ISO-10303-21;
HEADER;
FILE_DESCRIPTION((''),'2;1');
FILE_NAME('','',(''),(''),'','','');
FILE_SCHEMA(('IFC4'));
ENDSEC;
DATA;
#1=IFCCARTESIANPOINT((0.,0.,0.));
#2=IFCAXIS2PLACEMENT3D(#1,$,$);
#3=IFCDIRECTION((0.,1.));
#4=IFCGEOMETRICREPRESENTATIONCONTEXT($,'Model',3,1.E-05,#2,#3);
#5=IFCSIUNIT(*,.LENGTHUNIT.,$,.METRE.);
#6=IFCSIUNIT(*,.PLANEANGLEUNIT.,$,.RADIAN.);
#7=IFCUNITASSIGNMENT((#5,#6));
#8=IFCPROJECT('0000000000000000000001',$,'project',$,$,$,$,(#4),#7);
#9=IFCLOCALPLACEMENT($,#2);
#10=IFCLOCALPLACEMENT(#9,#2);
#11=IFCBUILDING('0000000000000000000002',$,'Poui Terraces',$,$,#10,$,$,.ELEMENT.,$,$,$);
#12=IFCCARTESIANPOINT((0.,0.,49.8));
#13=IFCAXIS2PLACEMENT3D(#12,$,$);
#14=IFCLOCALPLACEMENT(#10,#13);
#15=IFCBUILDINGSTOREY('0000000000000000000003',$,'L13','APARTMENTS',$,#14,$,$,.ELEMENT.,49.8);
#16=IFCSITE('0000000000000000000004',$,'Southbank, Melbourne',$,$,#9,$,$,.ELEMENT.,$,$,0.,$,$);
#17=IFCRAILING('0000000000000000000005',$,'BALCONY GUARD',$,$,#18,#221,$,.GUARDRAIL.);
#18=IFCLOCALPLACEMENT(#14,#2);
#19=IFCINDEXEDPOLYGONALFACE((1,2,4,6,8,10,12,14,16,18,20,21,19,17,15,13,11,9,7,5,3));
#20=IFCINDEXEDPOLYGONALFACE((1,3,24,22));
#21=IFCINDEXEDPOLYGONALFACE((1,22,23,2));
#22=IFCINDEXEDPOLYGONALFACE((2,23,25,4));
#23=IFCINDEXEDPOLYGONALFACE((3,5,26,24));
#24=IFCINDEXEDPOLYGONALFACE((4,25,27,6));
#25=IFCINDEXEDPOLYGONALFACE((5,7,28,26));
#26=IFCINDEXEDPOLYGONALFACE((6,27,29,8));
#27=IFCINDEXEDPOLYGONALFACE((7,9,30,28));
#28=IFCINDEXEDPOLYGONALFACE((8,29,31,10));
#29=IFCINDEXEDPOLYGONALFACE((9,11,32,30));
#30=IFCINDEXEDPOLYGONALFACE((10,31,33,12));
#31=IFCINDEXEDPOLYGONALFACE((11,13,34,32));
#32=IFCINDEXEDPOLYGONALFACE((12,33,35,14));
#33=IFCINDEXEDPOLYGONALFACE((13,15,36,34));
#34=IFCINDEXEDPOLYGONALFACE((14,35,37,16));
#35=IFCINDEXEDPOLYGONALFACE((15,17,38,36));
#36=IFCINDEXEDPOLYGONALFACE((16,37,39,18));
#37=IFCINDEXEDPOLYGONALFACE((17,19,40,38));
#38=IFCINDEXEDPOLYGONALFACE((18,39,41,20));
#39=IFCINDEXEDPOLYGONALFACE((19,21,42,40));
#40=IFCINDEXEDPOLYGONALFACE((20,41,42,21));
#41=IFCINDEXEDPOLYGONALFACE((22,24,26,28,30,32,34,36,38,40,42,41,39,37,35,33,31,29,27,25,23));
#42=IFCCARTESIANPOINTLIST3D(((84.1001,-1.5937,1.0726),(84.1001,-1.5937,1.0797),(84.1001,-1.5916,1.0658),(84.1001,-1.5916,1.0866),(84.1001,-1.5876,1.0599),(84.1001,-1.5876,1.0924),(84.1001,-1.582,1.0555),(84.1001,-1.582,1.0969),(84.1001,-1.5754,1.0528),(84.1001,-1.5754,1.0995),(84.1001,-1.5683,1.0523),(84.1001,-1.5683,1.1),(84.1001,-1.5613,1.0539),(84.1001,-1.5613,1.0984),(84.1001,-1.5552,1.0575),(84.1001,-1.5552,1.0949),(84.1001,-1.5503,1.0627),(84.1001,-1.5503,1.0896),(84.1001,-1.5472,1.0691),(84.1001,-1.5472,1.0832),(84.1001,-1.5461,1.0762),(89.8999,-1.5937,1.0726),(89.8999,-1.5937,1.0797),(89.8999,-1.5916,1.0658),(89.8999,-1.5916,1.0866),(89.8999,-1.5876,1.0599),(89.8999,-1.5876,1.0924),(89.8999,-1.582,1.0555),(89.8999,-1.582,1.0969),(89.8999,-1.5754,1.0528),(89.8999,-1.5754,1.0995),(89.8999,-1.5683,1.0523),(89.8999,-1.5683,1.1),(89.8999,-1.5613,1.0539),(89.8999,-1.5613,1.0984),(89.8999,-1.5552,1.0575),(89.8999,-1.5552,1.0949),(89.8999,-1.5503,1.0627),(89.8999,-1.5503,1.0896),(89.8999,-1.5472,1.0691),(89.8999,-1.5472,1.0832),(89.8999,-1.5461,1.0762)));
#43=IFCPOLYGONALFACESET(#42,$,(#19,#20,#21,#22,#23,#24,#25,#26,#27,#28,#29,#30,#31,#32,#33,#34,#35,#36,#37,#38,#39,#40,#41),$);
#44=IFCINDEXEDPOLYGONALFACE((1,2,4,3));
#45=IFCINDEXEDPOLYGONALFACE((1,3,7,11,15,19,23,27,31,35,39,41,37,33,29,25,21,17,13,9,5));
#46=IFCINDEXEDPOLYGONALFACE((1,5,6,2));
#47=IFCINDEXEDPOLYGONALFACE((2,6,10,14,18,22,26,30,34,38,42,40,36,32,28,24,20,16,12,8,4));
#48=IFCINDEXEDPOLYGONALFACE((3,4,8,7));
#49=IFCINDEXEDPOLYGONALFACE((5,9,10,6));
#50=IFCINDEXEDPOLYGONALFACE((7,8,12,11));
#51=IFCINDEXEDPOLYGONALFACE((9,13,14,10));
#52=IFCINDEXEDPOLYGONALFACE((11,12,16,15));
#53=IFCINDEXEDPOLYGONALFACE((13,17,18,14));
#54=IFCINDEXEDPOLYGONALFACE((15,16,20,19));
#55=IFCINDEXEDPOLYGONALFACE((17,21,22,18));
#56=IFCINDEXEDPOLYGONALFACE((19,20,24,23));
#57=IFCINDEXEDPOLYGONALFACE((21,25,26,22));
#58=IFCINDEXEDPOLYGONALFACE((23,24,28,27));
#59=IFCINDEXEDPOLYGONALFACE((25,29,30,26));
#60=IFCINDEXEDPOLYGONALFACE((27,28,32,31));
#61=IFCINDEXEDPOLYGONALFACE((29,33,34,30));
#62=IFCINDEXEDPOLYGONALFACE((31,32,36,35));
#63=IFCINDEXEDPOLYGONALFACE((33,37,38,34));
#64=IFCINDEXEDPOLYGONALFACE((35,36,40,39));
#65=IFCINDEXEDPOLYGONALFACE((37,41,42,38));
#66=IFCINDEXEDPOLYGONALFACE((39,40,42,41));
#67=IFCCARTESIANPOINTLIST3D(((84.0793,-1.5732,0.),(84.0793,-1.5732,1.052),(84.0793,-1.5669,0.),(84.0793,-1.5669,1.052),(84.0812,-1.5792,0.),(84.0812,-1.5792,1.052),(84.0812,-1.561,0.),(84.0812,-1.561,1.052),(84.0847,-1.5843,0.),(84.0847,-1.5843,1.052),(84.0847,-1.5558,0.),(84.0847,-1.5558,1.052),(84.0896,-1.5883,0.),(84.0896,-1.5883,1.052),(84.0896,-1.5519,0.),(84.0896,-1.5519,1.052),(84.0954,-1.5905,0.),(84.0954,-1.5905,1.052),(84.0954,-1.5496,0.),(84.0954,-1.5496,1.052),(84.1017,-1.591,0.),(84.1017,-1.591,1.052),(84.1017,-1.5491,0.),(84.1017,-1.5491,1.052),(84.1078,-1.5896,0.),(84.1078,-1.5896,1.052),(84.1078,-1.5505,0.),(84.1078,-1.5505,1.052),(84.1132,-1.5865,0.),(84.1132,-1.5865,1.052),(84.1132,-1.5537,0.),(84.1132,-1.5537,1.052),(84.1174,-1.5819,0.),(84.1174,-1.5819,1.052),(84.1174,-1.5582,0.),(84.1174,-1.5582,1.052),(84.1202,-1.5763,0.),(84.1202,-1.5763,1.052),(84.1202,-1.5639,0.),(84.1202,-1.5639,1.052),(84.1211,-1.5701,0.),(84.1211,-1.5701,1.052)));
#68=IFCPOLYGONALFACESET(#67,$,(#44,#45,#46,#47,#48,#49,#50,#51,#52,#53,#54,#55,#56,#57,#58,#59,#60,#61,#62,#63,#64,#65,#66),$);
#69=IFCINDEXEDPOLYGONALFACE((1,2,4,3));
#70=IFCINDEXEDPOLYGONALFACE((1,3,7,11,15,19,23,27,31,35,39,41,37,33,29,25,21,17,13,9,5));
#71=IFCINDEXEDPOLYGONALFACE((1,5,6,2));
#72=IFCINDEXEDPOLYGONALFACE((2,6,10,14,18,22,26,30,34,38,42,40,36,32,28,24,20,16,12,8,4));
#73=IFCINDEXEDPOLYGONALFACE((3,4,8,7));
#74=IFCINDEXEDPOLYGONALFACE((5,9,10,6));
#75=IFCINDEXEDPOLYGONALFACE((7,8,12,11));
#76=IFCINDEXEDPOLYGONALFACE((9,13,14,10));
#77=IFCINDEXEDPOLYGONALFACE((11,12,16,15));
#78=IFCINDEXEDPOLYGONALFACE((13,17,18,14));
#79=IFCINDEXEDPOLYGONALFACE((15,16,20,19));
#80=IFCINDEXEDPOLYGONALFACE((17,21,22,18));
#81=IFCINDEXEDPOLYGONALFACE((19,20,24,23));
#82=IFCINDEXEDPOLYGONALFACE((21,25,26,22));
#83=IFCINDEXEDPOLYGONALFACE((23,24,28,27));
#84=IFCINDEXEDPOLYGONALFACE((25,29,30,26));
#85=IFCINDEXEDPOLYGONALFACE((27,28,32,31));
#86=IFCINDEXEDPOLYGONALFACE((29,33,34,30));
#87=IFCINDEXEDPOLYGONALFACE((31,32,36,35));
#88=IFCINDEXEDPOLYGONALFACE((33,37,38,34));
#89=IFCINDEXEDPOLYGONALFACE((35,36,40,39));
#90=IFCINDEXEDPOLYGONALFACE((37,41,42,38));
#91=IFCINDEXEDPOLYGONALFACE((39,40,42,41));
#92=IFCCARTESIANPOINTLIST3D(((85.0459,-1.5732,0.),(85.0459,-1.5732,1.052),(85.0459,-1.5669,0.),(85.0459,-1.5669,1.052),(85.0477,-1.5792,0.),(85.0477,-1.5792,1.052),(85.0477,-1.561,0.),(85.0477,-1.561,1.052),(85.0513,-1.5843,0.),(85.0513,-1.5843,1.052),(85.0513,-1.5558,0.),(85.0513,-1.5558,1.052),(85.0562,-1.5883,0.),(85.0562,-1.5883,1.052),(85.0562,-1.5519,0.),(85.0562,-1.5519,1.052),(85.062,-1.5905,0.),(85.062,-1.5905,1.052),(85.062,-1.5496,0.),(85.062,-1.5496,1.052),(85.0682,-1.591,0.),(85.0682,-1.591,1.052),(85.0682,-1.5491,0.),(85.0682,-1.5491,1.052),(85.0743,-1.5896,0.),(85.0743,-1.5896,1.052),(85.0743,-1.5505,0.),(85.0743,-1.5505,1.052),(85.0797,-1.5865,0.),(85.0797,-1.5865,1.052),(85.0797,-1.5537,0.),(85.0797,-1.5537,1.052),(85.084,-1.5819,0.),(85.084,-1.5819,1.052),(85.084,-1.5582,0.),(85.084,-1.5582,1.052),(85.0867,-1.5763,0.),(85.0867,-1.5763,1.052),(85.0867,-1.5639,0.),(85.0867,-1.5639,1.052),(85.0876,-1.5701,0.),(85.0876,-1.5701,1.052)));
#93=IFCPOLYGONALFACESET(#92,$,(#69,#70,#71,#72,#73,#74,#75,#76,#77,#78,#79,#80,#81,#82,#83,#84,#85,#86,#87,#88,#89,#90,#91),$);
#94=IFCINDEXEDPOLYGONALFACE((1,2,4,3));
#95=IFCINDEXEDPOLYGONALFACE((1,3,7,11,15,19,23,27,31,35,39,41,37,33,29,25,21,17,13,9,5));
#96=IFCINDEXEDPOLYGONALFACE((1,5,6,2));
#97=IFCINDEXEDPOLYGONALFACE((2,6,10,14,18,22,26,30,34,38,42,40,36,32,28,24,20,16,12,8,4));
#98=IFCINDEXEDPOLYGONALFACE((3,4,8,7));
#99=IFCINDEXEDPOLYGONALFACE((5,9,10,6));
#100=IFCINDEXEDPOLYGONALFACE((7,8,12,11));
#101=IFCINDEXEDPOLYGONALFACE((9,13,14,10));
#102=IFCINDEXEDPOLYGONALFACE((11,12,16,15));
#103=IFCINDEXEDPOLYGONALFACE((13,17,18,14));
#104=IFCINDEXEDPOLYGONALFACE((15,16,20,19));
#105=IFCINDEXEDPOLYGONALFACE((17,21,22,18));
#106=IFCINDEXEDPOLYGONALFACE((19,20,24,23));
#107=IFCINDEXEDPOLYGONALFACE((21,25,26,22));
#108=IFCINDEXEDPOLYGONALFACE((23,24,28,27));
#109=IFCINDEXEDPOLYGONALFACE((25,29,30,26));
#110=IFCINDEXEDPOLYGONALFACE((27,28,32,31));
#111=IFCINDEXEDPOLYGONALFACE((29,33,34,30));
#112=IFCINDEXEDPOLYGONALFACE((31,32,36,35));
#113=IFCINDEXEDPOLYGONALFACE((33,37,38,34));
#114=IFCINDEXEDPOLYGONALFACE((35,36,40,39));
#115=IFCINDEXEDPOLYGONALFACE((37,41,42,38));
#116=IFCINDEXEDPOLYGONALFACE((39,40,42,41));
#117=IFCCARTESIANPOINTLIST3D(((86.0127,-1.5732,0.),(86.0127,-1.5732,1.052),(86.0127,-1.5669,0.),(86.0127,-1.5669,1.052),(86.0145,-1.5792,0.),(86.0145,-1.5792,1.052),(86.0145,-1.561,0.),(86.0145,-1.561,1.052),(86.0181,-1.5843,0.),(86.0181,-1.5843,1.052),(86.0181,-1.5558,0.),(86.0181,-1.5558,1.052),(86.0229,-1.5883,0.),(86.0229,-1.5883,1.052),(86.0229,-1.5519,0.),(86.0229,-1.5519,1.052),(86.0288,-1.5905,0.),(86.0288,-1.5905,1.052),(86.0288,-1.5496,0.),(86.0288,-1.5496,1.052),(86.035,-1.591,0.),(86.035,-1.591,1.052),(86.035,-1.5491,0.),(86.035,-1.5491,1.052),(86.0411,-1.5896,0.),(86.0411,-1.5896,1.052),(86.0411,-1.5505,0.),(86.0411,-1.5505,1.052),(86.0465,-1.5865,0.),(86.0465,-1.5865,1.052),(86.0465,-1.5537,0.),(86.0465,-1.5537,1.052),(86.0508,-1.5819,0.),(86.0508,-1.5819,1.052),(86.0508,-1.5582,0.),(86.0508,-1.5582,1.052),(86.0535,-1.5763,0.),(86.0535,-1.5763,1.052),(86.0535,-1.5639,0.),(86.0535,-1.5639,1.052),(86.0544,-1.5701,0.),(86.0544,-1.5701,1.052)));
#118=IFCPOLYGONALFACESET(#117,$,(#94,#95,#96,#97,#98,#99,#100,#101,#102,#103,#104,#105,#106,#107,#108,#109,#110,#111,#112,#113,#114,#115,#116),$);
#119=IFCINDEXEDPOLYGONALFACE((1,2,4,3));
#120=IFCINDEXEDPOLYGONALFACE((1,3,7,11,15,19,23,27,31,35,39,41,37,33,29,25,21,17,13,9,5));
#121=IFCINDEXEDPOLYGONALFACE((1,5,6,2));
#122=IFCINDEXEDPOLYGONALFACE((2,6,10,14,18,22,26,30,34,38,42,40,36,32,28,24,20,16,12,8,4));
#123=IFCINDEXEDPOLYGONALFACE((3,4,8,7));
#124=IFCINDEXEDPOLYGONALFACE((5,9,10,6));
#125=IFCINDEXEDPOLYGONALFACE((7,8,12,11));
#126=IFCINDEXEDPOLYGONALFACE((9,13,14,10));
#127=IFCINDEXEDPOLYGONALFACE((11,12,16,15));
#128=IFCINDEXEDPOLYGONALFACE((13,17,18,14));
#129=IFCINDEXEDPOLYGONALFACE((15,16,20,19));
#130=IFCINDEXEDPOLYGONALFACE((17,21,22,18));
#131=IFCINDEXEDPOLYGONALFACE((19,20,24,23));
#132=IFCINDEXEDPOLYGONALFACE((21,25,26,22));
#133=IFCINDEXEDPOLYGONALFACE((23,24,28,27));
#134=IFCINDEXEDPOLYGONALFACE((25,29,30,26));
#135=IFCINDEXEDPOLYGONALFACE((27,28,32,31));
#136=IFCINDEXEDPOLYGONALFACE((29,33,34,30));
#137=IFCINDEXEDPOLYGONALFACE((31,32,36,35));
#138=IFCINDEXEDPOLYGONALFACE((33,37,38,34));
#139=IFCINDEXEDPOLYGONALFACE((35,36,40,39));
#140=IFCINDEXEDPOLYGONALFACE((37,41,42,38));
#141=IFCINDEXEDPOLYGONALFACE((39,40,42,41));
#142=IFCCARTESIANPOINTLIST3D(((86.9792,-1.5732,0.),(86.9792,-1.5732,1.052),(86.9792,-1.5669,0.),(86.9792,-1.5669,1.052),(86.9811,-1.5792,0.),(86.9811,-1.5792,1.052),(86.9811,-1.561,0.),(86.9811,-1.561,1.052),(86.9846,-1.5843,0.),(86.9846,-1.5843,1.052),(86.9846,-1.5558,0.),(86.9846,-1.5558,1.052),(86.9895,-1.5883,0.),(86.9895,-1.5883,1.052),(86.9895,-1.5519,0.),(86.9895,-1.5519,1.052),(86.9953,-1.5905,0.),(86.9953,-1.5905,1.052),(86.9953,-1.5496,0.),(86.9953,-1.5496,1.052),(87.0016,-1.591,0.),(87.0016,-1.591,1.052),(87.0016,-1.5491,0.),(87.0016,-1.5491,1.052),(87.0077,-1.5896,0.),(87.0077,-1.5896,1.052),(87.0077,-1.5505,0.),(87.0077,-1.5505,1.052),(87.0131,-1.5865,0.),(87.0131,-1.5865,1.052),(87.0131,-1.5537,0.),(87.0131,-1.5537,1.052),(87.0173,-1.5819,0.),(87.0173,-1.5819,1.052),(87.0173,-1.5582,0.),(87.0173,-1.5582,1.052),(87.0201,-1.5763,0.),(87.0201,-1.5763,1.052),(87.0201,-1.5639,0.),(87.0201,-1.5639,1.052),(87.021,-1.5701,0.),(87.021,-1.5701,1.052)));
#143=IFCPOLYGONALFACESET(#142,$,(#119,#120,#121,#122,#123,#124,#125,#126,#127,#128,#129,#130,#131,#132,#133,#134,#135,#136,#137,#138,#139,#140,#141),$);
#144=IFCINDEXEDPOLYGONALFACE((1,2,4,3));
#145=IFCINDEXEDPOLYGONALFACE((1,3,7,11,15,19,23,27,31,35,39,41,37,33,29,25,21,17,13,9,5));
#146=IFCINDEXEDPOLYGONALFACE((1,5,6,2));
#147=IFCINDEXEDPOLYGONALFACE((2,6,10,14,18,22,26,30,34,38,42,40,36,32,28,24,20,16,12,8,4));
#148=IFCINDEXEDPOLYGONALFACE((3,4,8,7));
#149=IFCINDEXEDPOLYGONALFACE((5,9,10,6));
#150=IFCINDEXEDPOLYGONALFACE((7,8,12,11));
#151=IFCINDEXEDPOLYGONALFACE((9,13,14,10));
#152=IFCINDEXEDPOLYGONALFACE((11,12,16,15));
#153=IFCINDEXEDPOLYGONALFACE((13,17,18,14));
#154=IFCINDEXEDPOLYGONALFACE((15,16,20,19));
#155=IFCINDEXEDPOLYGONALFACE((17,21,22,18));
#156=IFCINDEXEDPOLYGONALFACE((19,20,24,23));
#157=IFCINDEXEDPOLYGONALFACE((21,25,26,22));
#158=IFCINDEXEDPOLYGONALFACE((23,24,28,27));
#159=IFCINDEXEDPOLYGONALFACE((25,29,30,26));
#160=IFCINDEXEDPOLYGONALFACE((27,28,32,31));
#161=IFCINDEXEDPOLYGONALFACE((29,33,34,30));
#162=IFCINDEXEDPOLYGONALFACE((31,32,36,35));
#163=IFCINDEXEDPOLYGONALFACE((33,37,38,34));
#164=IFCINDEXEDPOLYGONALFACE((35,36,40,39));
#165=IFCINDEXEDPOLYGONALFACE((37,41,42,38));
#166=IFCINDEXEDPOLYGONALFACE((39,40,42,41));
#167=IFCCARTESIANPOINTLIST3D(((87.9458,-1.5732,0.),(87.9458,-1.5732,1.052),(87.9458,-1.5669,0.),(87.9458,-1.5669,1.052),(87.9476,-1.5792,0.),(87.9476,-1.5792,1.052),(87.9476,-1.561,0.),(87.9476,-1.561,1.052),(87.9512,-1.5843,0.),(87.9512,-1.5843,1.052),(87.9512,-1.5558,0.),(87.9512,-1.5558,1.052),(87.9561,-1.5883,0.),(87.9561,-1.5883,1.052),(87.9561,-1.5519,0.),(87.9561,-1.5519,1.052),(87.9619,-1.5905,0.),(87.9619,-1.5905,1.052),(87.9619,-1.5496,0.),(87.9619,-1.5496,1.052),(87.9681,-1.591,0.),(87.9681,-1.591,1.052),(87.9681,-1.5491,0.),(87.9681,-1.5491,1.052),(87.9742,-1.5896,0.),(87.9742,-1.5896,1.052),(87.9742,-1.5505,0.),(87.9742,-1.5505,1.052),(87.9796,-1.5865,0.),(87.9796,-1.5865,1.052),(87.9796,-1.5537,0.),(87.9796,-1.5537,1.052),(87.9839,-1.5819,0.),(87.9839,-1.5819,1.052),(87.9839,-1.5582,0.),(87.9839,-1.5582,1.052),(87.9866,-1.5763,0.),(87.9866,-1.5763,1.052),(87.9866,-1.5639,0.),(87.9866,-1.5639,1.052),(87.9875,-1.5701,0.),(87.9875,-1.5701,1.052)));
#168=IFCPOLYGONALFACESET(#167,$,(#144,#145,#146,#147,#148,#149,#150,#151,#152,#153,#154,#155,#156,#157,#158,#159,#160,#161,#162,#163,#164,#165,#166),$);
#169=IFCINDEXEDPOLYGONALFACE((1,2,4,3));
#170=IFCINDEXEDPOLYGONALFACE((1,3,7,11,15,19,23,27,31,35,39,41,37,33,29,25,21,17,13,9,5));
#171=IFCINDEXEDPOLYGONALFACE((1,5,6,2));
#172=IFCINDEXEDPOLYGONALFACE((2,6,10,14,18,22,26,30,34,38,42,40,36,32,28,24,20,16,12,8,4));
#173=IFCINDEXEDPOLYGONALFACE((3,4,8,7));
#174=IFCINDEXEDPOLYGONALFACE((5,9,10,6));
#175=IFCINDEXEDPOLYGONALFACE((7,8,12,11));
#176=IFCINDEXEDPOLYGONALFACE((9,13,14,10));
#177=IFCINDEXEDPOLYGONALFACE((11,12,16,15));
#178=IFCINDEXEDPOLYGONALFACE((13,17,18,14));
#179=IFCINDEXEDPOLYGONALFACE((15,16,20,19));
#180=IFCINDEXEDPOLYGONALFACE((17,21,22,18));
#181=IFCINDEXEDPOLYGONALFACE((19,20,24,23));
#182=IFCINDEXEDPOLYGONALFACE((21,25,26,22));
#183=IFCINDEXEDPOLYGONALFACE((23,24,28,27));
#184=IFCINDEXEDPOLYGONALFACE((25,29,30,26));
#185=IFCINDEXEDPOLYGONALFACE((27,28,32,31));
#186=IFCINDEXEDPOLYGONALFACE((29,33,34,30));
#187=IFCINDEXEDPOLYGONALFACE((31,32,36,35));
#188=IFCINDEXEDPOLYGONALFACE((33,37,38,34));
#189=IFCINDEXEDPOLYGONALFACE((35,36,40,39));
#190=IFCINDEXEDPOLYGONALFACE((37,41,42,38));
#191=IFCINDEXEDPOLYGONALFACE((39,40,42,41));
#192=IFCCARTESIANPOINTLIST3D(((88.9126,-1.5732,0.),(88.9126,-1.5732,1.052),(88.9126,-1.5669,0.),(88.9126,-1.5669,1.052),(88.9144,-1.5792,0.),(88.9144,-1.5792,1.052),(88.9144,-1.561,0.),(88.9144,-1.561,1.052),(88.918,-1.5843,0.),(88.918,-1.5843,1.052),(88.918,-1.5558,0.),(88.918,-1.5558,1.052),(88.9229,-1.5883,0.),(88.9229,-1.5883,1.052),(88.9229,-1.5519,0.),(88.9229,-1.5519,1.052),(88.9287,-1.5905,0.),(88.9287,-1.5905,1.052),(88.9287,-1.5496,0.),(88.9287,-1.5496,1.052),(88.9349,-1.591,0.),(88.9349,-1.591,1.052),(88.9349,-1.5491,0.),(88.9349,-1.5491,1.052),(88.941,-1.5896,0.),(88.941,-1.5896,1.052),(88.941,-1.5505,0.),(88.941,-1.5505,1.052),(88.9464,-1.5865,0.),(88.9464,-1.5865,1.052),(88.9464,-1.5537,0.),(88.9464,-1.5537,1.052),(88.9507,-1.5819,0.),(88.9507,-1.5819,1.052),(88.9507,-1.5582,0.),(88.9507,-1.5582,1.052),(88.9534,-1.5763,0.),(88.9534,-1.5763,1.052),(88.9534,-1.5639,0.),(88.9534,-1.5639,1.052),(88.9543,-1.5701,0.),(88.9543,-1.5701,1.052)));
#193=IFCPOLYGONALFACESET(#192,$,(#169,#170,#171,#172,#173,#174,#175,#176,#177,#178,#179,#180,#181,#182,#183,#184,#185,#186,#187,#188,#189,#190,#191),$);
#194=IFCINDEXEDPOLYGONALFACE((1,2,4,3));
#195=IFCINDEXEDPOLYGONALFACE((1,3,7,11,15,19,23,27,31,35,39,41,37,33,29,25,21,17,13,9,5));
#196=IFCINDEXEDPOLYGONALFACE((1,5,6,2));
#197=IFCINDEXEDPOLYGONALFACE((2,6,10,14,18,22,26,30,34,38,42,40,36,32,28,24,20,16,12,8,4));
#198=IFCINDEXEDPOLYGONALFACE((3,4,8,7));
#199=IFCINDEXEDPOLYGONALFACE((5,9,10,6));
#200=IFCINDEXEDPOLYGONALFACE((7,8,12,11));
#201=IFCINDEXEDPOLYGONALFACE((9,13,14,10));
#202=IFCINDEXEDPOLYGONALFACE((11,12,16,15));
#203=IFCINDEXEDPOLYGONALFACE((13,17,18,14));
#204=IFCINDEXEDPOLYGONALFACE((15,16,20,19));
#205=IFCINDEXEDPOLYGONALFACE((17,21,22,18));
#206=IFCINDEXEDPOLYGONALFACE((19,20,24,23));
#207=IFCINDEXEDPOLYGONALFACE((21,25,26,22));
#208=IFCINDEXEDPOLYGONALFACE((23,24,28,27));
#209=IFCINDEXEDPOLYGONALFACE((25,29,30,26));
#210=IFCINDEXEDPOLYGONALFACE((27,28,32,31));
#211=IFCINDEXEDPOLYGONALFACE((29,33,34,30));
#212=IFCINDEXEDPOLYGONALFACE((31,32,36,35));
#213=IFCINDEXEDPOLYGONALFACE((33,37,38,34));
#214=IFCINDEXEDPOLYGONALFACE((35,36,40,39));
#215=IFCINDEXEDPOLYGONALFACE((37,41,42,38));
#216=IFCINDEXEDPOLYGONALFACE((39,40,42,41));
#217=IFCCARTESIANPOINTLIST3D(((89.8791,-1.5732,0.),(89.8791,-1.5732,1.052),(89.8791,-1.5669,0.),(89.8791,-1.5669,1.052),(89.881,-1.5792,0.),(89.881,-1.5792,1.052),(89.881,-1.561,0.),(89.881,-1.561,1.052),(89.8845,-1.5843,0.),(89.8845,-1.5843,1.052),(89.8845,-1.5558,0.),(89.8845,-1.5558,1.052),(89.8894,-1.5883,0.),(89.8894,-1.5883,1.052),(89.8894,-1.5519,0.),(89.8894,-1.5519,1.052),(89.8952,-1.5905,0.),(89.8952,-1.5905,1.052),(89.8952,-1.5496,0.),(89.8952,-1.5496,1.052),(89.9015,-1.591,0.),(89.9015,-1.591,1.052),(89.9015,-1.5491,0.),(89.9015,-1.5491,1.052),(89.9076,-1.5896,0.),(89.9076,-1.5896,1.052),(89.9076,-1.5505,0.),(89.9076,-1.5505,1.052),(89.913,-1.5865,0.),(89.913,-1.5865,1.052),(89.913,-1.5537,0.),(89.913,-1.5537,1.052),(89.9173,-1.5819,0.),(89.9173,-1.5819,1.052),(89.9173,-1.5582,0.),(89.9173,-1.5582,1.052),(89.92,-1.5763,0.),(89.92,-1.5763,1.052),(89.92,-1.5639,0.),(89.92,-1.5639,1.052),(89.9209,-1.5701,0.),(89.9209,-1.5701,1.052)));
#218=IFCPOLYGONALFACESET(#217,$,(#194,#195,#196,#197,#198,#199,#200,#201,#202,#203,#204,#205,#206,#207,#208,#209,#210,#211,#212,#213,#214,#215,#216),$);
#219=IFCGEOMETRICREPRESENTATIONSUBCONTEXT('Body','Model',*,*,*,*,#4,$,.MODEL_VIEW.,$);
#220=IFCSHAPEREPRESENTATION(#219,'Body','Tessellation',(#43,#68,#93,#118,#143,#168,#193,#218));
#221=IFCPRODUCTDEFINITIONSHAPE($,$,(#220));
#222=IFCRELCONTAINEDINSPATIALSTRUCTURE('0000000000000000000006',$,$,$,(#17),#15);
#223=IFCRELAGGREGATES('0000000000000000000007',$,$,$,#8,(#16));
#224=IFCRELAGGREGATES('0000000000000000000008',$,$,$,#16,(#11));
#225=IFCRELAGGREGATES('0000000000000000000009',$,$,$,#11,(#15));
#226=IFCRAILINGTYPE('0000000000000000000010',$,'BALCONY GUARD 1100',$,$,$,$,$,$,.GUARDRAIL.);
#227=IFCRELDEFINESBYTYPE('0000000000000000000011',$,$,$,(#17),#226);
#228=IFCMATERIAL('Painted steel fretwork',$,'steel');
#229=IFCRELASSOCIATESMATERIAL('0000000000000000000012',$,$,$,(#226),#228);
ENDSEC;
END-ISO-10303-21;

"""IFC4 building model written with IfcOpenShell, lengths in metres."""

from ifc_helpers import new_model, si_unit, direction, frame, origin, origin_2d, place, context, subcontext, project, spatial, circle, extrude, material, type_object, element, save


model = new_model("IFC4")

# Units and contexts
model_context = context("Model", 3, precision=1e-05, world=origin(), true_north=direction((0.0, 1.0)))
body_context = subcontext(model_context, "Body", "Model", "MODEL_VIEW")
ifc_project = project(units=[si_unit("LENGTHUNIT", "METRE"), si_unit("PLANEANGLEUNIT", "RADIAN")], contexts=[model_context])

# Site, building, storey
site_placement = place(None, origin())
site = spatial("IfcSite", under=ifc_project, at=site_placement, Name="Southbank, Melbourne", CompositionType="ELEMENT", RefElevation=0.0)
building_placement = place(site_placement, origin())
building = spatial("IfcBuilding", under=site, at=building_placement, Name="Poui Terraces", CompositionType="ELEMENT")
storey_placement = place(building_placement, frame((0.0, 0.0, 49.8)))
storey = spatial("IfcBuildingStorey", under=building, at=storey_placement, Name="L13", Description="APARTMENTS", CompositionType="ELEMENT", Elevation=49.8)

# Railing
ifc_material_1 = material(Name="Painted steel fretwork", Category="steel")
railing_type = type_object("IfcRailingType", Name="BALCONY GUARD 1100", PredefinedType="GUARDRAIL", material=ifc_material_1)
railing_placement = place(storey_placement, frame((84.1001, -1.5701, 0.0)))
element("IfcRailing", 1, at=railing_placement, inside=storey, type_object=railing_type, Name="BALCONY GUARD", PredefinedType="GUARDRAIL", context=body_context, shape_type="SweptSolid", body=[
    extrude(circle(Radius=0.0239, at=origin_2d()), frame((0.0, 0.0, 1.0762), z_axis=(1.0, 0.0, 0.0), x_axis=(0.0, 1.0, 0.0)), (0.0, 0.0, 1.0), 5.7998),
    extrude(circle(Radius=0.021, at=origin_2d()), origin(), (0.0, 0.0, 1.0), 1.052),
    extrude(circle(Radius=0.021, at=origin_2d()), frame((0.9666, 0.0, 0.0)), (0.0, 0.0, 1.0), 1.052),
    extrude(circle(Radius=0.021, at=origin_2d()), frame((1.9333, 0.0, 0.0)), (0.0, 0.0, 1.0), 1.052),
    extrude(circle(Radius=0.021, at=origin_2d()), frame((2.8999, 0.0, 0.0)), (0.0, 0.0, 1.0), 1.052),
    extrude(circle(Radius=0.021, at=origin_2d()), frame((3.8665, 0.0, 0.0)), (0.0, 0.0, 1.0), 1.052),
    extrude(circle(Radius=0.021, at=origin_2d()), frame((4.8333, 0.0, 0.0)), (0.0, 0.0, 1.0), 1.052),
    extrude(circle(Radius=0.021, at=origin_2d()), frame((5.7998, 0.0, 0.0)), (0.0, 0.0, 1.0), 1.052),
])

save(model, "model.ifc")
